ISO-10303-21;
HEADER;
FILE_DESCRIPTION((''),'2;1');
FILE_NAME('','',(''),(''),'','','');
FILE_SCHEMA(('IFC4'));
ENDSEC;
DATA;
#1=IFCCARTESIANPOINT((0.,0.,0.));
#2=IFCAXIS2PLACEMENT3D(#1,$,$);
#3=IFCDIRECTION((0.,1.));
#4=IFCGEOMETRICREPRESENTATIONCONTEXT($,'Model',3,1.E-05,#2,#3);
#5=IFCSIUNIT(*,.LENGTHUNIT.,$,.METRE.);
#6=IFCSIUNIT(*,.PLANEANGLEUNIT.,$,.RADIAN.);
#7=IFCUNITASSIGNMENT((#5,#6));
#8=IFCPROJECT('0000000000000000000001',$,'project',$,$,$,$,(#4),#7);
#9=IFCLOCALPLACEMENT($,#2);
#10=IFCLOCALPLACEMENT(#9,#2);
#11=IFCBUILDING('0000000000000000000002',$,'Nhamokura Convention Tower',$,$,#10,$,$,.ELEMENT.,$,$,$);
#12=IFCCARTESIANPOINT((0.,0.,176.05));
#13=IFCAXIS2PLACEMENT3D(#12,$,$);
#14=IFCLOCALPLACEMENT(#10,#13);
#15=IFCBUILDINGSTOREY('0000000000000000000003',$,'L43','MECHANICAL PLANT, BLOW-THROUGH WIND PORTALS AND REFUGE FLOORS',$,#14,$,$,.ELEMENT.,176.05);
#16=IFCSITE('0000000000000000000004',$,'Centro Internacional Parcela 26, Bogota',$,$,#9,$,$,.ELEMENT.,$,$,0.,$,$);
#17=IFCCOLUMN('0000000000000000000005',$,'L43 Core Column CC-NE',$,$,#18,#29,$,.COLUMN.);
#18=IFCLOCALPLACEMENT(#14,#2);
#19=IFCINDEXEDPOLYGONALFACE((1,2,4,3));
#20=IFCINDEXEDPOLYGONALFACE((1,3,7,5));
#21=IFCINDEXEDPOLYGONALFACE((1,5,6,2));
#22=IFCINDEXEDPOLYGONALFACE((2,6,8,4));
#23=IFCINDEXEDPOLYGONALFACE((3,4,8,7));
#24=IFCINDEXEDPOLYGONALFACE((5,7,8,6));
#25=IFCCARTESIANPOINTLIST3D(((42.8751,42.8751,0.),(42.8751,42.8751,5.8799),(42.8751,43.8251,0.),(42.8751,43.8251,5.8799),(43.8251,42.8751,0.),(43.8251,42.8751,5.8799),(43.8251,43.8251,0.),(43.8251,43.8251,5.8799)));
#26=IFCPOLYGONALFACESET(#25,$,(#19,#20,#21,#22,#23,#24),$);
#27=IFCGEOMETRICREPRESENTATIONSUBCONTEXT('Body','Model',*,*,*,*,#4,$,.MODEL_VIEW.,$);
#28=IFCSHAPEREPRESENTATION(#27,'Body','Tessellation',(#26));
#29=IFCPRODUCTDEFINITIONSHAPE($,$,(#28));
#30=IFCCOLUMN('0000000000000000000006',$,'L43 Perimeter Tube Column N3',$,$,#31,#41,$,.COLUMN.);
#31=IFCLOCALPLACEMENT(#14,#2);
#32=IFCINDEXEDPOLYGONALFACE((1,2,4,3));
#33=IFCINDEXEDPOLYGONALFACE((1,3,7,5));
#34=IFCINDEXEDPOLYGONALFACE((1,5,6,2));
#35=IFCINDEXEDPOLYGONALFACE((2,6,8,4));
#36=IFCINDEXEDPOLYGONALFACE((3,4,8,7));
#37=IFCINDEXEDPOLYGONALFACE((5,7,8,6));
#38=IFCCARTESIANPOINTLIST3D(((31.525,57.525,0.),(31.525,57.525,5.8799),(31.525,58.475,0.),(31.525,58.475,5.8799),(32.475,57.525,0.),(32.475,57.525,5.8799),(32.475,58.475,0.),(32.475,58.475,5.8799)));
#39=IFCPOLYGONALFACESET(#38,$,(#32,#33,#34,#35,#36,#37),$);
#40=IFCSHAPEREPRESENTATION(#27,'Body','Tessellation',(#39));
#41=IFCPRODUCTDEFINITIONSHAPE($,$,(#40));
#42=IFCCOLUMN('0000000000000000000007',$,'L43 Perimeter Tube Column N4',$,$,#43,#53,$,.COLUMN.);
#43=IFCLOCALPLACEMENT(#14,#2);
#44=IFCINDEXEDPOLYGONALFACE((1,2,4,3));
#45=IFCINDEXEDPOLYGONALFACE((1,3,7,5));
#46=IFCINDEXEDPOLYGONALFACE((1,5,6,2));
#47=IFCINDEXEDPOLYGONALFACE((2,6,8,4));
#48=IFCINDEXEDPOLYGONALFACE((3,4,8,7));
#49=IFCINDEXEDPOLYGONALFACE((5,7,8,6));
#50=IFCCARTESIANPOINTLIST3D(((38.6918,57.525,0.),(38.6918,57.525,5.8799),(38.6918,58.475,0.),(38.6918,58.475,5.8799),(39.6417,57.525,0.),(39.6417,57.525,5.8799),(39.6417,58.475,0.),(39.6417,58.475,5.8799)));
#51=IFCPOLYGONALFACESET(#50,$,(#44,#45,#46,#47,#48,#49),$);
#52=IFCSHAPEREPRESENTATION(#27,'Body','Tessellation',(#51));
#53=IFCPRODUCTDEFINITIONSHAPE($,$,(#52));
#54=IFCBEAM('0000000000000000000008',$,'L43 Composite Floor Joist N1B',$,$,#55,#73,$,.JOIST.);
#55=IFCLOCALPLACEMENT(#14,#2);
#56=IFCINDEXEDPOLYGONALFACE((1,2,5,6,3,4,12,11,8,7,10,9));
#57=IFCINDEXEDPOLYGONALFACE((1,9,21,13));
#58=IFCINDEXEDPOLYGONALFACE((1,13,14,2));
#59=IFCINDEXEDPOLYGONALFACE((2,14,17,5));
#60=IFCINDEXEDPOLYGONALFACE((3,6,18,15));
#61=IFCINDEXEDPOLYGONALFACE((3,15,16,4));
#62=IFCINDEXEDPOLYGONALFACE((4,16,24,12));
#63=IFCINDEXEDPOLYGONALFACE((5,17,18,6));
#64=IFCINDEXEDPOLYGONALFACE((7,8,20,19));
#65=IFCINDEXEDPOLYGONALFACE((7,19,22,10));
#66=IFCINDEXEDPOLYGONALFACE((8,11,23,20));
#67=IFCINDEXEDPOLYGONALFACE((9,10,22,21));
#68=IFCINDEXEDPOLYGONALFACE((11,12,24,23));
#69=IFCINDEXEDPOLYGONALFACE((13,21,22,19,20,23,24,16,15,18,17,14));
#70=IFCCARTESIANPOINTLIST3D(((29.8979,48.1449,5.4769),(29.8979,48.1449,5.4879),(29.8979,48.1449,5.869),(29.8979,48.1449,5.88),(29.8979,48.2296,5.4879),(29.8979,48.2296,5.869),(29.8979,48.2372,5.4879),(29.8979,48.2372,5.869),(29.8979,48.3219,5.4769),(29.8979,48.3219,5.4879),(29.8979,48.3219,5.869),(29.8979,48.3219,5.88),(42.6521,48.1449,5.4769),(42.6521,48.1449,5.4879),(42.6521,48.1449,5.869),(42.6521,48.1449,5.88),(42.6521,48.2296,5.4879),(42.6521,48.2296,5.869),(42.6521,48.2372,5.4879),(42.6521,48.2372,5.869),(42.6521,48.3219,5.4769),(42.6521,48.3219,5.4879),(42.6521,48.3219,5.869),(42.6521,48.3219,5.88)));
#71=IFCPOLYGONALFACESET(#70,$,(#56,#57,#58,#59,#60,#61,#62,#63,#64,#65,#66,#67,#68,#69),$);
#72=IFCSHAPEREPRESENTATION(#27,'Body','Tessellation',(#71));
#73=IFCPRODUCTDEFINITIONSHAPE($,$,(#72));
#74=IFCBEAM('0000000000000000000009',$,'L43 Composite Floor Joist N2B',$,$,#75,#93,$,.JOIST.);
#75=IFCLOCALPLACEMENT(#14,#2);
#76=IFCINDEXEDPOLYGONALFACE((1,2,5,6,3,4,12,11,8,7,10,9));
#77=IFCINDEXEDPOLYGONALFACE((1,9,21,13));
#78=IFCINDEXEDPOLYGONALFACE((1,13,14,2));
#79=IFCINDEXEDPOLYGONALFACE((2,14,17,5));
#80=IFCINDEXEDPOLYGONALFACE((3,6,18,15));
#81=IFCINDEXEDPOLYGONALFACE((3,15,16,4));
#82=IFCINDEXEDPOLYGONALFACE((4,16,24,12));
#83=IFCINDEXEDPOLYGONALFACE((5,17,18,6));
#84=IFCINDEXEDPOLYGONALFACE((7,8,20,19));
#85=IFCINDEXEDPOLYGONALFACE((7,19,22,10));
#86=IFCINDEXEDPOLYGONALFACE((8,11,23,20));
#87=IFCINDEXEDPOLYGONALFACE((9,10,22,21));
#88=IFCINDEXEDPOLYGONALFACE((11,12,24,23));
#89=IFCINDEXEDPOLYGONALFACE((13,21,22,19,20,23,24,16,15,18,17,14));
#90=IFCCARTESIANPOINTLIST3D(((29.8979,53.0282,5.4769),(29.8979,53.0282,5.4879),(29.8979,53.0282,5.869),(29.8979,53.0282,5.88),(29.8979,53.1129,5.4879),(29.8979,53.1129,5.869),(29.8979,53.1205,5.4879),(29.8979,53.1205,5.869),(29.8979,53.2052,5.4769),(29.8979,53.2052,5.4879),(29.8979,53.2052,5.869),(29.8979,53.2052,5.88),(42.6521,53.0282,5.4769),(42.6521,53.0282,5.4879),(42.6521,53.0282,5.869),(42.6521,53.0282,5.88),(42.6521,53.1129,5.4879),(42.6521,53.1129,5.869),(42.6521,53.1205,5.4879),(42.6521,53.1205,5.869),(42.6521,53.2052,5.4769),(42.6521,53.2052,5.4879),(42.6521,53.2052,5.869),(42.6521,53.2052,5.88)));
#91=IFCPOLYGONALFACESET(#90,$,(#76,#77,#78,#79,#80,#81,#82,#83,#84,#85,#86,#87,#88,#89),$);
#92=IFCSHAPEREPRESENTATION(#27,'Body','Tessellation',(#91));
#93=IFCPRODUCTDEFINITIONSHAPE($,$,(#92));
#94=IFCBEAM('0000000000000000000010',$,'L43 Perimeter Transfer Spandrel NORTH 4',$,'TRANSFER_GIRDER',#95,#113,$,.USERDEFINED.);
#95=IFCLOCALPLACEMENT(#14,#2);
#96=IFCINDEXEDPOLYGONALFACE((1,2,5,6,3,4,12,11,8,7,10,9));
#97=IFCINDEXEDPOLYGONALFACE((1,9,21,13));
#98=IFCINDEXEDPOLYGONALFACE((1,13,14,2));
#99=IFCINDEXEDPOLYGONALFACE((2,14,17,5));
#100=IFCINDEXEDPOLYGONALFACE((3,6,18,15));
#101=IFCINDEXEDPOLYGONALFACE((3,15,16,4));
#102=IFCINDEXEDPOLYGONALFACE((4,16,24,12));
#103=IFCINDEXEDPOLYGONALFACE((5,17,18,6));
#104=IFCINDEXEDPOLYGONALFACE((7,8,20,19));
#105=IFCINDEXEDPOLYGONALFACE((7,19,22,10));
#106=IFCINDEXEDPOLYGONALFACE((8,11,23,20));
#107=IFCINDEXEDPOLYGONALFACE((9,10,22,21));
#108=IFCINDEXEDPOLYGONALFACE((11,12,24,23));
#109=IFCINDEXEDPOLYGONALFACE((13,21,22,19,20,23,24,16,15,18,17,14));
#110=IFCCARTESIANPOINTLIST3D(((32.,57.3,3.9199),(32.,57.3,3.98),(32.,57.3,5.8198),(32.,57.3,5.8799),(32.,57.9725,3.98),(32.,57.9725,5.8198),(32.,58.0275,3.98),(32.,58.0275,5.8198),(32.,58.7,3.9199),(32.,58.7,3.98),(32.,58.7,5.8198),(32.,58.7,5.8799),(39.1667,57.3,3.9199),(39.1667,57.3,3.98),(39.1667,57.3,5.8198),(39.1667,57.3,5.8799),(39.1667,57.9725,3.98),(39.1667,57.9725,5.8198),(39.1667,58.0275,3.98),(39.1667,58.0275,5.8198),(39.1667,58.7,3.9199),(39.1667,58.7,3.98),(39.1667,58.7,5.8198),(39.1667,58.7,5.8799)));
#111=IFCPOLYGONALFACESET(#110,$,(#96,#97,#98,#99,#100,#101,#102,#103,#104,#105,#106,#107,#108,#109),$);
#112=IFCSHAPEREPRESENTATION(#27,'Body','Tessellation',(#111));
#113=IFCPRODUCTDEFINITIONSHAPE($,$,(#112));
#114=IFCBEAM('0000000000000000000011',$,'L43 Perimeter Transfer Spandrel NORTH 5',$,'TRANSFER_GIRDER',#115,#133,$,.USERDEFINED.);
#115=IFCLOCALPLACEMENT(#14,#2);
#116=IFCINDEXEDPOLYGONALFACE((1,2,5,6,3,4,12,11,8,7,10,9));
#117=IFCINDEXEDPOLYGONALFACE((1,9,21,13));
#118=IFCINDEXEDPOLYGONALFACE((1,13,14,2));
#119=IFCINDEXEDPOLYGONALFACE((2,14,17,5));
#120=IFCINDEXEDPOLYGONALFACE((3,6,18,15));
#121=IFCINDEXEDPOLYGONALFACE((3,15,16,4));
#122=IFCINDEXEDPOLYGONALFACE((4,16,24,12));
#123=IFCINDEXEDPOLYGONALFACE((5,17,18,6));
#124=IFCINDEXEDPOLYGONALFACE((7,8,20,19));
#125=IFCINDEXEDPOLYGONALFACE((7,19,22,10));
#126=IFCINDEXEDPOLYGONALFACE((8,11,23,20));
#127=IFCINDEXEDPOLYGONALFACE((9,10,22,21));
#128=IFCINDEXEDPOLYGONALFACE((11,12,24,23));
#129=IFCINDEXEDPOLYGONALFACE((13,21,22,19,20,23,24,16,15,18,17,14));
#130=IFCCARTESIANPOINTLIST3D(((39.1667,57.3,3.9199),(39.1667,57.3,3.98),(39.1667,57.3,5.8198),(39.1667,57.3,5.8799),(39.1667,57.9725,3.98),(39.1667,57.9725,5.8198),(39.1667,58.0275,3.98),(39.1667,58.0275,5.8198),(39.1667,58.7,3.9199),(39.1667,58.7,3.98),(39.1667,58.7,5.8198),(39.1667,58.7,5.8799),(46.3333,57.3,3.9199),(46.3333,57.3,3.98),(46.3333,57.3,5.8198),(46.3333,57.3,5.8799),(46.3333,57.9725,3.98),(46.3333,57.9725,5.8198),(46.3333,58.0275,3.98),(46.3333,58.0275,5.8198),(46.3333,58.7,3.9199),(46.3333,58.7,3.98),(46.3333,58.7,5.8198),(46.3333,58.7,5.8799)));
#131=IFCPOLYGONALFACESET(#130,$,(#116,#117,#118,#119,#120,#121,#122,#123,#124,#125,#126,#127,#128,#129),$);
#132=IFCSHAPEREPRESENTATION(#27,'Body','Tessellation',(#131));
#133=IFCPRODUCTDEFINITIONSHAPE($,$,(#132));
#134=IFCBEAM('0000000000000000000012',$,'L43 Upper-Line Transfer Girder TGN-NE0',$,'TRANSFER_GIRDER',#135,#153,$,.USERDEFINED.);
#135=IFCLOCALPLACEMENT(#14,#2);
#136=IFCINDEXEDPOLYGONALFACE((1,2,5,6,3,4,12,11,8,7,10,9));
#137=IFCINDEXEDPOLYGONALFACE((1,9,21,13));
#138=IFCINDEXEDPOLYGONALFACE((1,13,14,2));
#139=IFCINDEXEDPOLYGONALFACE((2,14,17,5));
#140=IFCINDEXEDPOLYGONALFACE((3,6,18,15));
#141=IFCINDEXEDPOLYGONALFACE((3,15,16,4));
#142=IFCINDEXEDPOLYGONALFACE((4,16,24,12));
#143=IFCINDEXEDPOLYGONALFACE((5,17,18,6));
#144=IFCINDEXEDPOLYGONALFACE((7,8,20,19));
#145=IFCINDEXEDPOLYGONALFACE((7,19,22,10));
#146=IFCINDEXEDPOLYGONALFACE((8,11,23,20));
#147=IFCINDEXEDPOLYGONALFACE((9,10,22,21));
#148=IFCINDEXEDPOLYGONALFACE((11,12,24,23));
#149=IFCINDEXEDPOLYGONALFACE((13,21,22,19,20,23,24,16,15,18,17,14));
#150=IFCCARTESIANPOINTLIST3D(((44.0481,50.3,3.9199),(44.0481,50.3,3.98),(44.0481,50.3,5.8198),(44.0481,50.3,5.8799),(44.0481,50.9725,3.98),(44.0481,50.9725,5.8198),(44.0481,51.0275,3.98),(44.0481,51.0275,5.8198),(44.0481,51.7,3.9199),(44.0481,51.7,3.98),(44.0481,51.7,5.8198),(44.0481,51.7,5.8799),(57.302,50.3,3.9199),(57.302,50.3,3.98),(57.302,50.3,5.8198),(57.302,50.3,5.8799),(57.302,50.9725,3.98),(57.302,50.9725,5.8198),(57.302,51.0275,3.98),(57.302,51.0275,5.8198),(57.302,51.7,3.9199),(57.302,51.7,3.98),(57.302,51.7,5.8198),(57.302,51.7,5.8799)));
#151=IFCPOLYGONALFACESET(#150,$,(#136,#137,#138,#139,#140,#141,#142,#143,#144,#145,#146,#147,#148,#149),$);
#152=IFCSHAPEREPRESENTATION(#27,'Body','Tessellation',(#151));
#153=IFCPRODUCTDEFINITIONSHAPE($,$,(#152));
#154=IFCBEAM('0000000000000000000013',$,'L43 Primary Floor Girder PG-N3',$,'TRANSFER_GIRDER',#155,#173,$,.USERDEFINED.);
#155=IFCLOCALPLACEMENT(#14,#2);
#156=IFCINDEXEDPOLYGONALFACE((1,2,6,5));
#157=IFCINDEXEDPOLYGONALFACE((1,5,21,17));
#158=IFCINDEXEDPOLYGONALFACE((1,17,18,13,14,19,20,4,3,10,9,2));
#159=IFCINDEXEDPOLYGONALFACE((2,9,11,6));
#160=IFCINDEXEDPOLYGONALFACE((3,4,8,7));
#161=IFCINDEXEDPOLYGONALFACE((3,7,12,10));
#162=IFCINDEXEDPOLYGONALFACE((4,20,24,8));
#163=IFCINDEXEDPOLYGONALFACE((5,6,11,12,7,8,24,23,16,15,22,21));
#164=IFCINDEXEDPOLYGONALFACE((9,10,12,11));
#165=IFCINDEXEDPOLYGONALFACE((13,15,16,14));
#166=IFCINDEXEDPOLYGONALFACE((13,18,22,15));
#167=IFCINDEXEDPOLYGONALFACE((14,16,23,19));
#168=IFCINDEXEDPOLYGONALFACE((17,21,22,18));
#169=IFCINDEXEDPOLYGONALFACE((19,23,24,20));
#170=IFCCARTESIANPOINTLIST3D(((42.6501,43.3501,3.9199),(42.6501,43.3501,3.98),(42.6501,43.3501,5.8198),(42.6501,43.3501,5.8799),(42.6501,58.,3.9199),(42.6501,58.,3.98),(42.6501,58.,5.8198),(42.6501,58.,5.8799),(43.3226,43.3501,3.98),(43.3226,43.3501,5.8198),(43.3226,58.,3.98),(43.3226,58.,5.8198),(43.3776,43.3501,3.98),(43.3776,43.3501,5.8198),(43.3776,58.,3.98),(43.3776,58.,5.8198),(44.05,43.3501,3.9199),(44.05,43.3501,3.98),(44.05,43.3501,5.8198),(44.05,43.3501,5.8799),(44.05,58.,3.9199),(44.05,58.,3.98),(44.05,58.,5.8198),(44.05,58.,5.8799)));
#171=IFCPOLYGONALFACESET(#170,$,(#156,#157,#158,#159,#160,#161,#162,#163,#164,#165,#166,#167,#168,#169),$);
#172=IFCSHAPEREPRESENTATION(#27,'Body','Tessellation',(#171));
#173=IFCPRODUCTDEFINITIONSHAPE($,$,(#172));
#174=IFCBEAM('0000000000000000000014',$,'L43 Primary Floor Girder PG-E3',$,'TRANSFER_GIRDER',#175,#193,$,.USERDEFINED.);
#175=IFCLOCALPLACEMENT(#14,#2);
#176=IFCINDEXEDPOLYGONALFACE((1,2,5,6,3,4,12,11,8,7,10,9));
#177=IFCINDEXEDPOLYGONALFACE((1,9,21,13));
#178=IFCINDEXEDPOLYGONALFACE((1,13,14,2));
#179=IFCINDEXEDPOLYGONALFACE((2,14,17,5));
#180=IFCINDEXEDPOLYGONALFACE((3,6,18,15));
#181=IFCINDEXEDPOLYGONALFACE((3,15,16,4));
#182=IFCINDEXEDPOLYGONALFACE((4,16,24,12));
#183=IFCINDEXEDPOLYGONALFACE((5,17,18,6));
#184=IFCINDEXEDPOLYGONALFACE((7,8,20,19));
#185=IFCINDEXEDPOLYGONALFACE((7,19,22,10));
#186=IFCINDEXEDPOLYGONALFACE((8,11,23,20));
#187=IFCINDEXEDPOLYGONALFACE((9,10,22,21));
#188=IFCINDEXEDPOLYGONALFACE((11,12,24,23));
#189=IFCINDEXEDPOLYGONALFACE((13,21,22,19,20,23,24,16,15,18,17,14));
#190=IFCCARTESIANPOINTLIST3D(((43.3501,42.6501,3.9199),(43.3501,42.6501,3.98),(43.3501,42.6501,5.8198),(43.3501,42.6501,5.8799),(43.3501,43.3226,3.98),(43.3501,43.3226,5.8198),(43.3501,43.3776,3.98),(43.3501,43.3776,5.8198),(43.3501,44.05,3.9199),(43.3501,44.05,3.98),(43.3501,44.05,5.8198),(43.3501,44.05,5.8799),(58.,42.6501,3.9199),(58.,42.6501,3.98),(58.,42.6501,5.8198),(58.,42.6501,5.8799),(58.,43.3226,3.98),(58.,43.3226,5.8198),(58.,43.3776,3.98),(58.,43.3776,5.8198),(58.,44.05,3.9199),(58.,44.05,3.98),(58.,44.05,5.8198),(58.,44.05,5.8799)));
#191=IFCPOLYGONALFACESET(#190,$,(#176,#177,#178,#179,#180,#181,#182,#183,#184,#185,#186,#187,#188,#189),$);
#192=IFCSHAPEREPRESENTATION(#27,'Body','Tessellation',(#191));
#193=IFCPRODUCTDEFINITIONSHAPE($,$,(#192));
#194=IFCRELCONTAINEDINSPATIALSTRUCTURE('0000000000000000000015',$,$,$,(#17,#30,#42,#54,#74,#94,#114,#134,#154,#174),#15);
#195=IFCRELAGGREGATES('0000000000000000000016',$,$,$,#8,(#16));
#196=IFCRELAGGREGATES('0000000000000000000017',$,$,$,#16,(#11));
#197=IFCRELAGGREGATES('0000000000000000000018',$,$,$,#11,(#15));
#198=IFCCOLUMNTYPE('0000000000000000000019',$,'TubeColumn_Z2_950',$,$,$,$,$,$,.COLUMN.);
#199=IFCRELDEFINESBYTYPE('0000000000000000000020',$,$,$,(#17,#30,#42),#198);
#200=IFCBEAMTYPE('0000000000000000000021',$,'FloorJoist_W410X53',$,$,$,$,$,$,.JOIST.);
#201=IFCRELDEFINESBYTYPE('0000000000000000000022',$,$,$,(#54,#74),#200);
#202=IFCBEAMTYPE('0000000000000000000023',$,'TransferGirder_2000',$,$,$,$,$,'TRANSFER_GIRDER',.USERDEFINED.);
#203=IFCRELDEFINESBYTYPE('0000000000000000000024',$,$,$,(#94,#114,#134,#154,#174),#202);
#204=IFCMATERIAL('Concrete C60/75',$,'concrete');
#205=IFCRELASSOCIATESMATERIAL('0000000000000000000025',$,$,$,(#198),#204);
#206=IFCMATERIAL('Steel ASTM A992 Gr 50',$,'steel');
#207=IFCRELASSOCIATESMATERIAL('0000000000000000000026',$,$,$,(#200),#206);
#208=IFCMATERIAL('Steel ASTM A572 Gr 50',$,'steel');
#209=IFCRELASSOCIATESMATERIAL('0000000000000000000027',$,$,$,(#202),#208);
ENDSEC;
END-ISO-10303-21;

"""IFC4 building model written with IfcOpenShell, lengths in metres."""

from ifc_helpers import new_model, si_unit, direction, frame, origin, origin_2d, place, context, subcontext, project, spatial, rectangle, i_section, extrude, material, material_profile, profile_set, type_object, element, save


model = new_model("IFC4")

# Units and contexts
model_context = context("Model", 3, precision=1e-05, world=origin(), true_north=direction((0.0, 1.0)))
body_context = subcontext(model_context, "Body", "Model", "MODEL_VIEW")
ifc_project = project(units=[si_unit("LENGTHUNIT", "METRE"), si_unit("PLANEANGLEUNIT", "RADIAN")], contexts=[model_context])

# Site, building, storey
site_placement = place(None, origin())
site = spatial("IfcSite", under=ifc_project, at=site_placement, Name="Centro Internacional Parcela 26, Bogota", CompositionType="ELEMENT", RefElevation=0.0)
building_placement = place(site_placement, origin())
building = spatial("IfcBuilding", under=site, at=building_placement, Name="Nhamokura Convention Tower", CompositionType="ELEMENT")
storey_placement = place(building_placement, frame((0.0, 0.0, 176.05)))
storey = spatial("IfcBuildingStorey", under=building, at=storey_placement, Name="L43", Description="MECHANICAL PLANT, BLOW-THROUGH WIND PORTALS AND REFUGE FLOORS", CompositionType="ELEMENT", Elevation=176.05)

# Columns
ifc_material_1 = material(Name="Concrete C60/75", Category="concrete")
ifc_material_profile_1 = material_profile(ifc_material_1, rectangle(XDim=0.95, YDim=0.95, at=origin_2d()))
ifc_profile_set_1 = profile_set([ifc_material_profile_1], Name="Concrete C60/75")
column_type = type_object("IfcColumnType", Name="TubeColumn_Z2_950", PredefinedType="COLUMN", material=ifc_profile_set_1)
for number, where, z_axis, x_axis, name in (
    (1, (43.3501, 43.3501, 0.0), (0.0, 0.0, 1.0), (1.0, 0.0, 0.0), "L43 Core Column CC-NE"),
    (2, (32.0, 58.0, 0.0), (0.0, 0.0, 1.0), (1.0, 0.0, 0.0), "L43 Perimeter Tube Column N3"),
    (3, (39.1667, 58.0, 0.0), (0.0, 0.0, 1.0), (1.0, 0.0, 0.0), "L43 Perimeter Tube Column N4"),
):
    element("IfcColumn", number, at=place(storey_placement, frame(where, z_axis=z_axis, x_axis=x_axis)), inside=storey, type_object=column_type, Name=name, PredefinedType="COLUMN", context=body_context, shape_type="SweptSolid", body=[
        extrude(rectangle(XDim=0.95, YDim=0.95, at=origin_2d()), origin(), (0.0, 0.0, 1.0), 5.8799),
    ])

# Beams
ifc_material_2 = material(Name="Steel ASTM A992 Gr 50", Category="steel")
ifc_material_profile_2 = material_profile(ifc_material_2, i_section(OverallWidth=0.177, OverallDepth=0.4031, WebThickness=0.0076, FlangeThickness=0.011, at=origin_2d()))
ifc_profile_set_2 = profile_set([ifc_material_profile_2], Name="Steel ASTM A992 Gr 50")
beam_type_1 = type_object("IfcBeamType", Name="FloorJoist_W410X53", PredefinedType="JOIST", material=ifc_profile_set_2)
for number, where, z_axis, x_axis, name in (
    (4, (29.8979, 48.2334, 5.6785), (1.0, 0.0, 0.0), (0.0, 1.0, 0.0), "L43 Composite Floor Joist N1B"),
    (5, (29.8979, 53.1167, 5.6785), (1.0, 0.0, 0.0), (0.0, 1.0, 0.0), "L43 Composite Floor Joist N2B"),
):
    element("IfcBeam", number, at=place(storey_placement, frame(where, z_axis=z_axis, x_axis=x_axis)), inside=storey, type_object=beam_type_1, Name=name, PredefinedType="JOIST", context=body_context, shape_type="SweptSolid", body=[
        extrude(i_section(OverallWidth=0.177, OverallDepth=0.4031, WebThickness=0.0076, FlangeThickness=0.011, at=origin_2d()), origin(), (0.0, 0.0, 1.0), 12.7542),
    ])
ifc_material_3 = material(Name="Steel ASTM A572 Gr 50", Category="steel")
ifc_material_profile_3 = material_profile(ifc_material_3, i_section(OverallWidth=1.3999, OverallDepth=1.96, WebThickness=0.0549, FlangeThickness=0.0601, at=origin_2d()))
ifc_profile_set_3 = profile_set([ifc_material_profile_3], Name="Steel ASTM A572 Gr 50")
beam_type_2 = type_object("IfcBeamType", Name="TransferGirder_2000", ElementType="TRANSFER_GIRDER", PredefinedType="USERDEFINED", material=ifc_profile_set_3)
beam_1_placement = place(storey_placement, frame((32.0, 58.0, 4.8999), z_axis=(1.0, 0.0, 0.0), x_axis=(0.0, 1.0, 0.0)))
element("IfcBeam", 6, at=beam_1_placement, inside=storey, type_object=beam_type_2, Name="L43 Perimeter Transfer Spandrel NORTH 4", ObjectType="TRANSFER_GIRDER", PredefinedType="USERDEFINED", context=body_context, shape_type="SweptSolid", body=[
    extrude(i_section(OverallWidth=1.3999, OverallDepth=1.96, WebThickness=0.0549, FlangeThickness=0.0601, at=origin_2d()), origin(), (0.0, 0.0, 1.0), 7.1667),
])
beam_2_placement = place(storey_placement, frame((39.1667, 58.0, 4.8999), z_axis=(1.0, 0.0, 0.0), x_axis=(0.0, 1.0, 0.0)))
element("IfcBeam", 7, at=beam_2_placement, inside=storey, type_object=beam_type_2, Name="L43 Perimeter Transfer Spandrel NORTH 5", ObjectType="TRANSFER_GIRDER", PredefinedType="USERDEFINED", context=body_context, shape_type="SweptSolid", body=[
    extrude(i_section(OverallWidth=1.3999, OverallDepth=1.96, WebThickness=0.0549, FlangeThickness=0.0601, at=origin_2d()), origin(), (0.0, 0.0, 1.0), 7.1665),
])
beam_3_placement = place(storey_placement, frame((44.0481, 51.0, 4.8999), z_axis=(1.0, 0.0, 0.0), x_axis=(0.0, 1.0, 0.0)))
element("IfcBeam", 8, at=beam_3_placement, inside=storey, type_object=beam_type_2, Name="L43 Upper-Line Transfer Girder TGN-NE0", ObjectType="TRANSFER_GIRDER", PredefinedType="USERDEFINED", context=body_context, shape_type="SweptSolid", body=[
    extrude(i_section(OverallWidth=1.3999, OverallDepth=1.96, WebThickness=0.0549, FlangeThickness=0.0601, at=origin_2d()), origin(), (0.0, 0.0, 1.0), 13.2539),
])
for number, where, z_axis, x_axis, name in (
    (9, (43.3501, 43.3501, 4.8999), (0.0, 1.0, 0.0), (-1.0, 0.0, 0.0), "L43 Primary Floor Girder PG-N3"),
    (10, (43.3501, 43.3501, 4.8999), (1.0, 0.0, 0.0), (0.0, 1.0, 0.0), "L43 Primary Floor Girder PG-E3"),
):
    element("IfcBeam", number, at=place(storey_placement, frame(where, z_axis=z_axis, x_axis=x_axis)), inside=storey, type_object=beam_type_2, Name=name, ObjectType="TRANSFER_GIRDER", PredefinedType="USERDEFINED", context=body_context, shape_type="SweptSolid", body=[
        extrude(i_section(OverallWidth=1.3999, OverallDepth=1.96, WebThickness=0.0549, FlangeThickness=0.0601, at=origin_2d()), origin(), (0.0, 0.0, 1.0), 14.6499),
    ])

save(model, "model.ifc")
